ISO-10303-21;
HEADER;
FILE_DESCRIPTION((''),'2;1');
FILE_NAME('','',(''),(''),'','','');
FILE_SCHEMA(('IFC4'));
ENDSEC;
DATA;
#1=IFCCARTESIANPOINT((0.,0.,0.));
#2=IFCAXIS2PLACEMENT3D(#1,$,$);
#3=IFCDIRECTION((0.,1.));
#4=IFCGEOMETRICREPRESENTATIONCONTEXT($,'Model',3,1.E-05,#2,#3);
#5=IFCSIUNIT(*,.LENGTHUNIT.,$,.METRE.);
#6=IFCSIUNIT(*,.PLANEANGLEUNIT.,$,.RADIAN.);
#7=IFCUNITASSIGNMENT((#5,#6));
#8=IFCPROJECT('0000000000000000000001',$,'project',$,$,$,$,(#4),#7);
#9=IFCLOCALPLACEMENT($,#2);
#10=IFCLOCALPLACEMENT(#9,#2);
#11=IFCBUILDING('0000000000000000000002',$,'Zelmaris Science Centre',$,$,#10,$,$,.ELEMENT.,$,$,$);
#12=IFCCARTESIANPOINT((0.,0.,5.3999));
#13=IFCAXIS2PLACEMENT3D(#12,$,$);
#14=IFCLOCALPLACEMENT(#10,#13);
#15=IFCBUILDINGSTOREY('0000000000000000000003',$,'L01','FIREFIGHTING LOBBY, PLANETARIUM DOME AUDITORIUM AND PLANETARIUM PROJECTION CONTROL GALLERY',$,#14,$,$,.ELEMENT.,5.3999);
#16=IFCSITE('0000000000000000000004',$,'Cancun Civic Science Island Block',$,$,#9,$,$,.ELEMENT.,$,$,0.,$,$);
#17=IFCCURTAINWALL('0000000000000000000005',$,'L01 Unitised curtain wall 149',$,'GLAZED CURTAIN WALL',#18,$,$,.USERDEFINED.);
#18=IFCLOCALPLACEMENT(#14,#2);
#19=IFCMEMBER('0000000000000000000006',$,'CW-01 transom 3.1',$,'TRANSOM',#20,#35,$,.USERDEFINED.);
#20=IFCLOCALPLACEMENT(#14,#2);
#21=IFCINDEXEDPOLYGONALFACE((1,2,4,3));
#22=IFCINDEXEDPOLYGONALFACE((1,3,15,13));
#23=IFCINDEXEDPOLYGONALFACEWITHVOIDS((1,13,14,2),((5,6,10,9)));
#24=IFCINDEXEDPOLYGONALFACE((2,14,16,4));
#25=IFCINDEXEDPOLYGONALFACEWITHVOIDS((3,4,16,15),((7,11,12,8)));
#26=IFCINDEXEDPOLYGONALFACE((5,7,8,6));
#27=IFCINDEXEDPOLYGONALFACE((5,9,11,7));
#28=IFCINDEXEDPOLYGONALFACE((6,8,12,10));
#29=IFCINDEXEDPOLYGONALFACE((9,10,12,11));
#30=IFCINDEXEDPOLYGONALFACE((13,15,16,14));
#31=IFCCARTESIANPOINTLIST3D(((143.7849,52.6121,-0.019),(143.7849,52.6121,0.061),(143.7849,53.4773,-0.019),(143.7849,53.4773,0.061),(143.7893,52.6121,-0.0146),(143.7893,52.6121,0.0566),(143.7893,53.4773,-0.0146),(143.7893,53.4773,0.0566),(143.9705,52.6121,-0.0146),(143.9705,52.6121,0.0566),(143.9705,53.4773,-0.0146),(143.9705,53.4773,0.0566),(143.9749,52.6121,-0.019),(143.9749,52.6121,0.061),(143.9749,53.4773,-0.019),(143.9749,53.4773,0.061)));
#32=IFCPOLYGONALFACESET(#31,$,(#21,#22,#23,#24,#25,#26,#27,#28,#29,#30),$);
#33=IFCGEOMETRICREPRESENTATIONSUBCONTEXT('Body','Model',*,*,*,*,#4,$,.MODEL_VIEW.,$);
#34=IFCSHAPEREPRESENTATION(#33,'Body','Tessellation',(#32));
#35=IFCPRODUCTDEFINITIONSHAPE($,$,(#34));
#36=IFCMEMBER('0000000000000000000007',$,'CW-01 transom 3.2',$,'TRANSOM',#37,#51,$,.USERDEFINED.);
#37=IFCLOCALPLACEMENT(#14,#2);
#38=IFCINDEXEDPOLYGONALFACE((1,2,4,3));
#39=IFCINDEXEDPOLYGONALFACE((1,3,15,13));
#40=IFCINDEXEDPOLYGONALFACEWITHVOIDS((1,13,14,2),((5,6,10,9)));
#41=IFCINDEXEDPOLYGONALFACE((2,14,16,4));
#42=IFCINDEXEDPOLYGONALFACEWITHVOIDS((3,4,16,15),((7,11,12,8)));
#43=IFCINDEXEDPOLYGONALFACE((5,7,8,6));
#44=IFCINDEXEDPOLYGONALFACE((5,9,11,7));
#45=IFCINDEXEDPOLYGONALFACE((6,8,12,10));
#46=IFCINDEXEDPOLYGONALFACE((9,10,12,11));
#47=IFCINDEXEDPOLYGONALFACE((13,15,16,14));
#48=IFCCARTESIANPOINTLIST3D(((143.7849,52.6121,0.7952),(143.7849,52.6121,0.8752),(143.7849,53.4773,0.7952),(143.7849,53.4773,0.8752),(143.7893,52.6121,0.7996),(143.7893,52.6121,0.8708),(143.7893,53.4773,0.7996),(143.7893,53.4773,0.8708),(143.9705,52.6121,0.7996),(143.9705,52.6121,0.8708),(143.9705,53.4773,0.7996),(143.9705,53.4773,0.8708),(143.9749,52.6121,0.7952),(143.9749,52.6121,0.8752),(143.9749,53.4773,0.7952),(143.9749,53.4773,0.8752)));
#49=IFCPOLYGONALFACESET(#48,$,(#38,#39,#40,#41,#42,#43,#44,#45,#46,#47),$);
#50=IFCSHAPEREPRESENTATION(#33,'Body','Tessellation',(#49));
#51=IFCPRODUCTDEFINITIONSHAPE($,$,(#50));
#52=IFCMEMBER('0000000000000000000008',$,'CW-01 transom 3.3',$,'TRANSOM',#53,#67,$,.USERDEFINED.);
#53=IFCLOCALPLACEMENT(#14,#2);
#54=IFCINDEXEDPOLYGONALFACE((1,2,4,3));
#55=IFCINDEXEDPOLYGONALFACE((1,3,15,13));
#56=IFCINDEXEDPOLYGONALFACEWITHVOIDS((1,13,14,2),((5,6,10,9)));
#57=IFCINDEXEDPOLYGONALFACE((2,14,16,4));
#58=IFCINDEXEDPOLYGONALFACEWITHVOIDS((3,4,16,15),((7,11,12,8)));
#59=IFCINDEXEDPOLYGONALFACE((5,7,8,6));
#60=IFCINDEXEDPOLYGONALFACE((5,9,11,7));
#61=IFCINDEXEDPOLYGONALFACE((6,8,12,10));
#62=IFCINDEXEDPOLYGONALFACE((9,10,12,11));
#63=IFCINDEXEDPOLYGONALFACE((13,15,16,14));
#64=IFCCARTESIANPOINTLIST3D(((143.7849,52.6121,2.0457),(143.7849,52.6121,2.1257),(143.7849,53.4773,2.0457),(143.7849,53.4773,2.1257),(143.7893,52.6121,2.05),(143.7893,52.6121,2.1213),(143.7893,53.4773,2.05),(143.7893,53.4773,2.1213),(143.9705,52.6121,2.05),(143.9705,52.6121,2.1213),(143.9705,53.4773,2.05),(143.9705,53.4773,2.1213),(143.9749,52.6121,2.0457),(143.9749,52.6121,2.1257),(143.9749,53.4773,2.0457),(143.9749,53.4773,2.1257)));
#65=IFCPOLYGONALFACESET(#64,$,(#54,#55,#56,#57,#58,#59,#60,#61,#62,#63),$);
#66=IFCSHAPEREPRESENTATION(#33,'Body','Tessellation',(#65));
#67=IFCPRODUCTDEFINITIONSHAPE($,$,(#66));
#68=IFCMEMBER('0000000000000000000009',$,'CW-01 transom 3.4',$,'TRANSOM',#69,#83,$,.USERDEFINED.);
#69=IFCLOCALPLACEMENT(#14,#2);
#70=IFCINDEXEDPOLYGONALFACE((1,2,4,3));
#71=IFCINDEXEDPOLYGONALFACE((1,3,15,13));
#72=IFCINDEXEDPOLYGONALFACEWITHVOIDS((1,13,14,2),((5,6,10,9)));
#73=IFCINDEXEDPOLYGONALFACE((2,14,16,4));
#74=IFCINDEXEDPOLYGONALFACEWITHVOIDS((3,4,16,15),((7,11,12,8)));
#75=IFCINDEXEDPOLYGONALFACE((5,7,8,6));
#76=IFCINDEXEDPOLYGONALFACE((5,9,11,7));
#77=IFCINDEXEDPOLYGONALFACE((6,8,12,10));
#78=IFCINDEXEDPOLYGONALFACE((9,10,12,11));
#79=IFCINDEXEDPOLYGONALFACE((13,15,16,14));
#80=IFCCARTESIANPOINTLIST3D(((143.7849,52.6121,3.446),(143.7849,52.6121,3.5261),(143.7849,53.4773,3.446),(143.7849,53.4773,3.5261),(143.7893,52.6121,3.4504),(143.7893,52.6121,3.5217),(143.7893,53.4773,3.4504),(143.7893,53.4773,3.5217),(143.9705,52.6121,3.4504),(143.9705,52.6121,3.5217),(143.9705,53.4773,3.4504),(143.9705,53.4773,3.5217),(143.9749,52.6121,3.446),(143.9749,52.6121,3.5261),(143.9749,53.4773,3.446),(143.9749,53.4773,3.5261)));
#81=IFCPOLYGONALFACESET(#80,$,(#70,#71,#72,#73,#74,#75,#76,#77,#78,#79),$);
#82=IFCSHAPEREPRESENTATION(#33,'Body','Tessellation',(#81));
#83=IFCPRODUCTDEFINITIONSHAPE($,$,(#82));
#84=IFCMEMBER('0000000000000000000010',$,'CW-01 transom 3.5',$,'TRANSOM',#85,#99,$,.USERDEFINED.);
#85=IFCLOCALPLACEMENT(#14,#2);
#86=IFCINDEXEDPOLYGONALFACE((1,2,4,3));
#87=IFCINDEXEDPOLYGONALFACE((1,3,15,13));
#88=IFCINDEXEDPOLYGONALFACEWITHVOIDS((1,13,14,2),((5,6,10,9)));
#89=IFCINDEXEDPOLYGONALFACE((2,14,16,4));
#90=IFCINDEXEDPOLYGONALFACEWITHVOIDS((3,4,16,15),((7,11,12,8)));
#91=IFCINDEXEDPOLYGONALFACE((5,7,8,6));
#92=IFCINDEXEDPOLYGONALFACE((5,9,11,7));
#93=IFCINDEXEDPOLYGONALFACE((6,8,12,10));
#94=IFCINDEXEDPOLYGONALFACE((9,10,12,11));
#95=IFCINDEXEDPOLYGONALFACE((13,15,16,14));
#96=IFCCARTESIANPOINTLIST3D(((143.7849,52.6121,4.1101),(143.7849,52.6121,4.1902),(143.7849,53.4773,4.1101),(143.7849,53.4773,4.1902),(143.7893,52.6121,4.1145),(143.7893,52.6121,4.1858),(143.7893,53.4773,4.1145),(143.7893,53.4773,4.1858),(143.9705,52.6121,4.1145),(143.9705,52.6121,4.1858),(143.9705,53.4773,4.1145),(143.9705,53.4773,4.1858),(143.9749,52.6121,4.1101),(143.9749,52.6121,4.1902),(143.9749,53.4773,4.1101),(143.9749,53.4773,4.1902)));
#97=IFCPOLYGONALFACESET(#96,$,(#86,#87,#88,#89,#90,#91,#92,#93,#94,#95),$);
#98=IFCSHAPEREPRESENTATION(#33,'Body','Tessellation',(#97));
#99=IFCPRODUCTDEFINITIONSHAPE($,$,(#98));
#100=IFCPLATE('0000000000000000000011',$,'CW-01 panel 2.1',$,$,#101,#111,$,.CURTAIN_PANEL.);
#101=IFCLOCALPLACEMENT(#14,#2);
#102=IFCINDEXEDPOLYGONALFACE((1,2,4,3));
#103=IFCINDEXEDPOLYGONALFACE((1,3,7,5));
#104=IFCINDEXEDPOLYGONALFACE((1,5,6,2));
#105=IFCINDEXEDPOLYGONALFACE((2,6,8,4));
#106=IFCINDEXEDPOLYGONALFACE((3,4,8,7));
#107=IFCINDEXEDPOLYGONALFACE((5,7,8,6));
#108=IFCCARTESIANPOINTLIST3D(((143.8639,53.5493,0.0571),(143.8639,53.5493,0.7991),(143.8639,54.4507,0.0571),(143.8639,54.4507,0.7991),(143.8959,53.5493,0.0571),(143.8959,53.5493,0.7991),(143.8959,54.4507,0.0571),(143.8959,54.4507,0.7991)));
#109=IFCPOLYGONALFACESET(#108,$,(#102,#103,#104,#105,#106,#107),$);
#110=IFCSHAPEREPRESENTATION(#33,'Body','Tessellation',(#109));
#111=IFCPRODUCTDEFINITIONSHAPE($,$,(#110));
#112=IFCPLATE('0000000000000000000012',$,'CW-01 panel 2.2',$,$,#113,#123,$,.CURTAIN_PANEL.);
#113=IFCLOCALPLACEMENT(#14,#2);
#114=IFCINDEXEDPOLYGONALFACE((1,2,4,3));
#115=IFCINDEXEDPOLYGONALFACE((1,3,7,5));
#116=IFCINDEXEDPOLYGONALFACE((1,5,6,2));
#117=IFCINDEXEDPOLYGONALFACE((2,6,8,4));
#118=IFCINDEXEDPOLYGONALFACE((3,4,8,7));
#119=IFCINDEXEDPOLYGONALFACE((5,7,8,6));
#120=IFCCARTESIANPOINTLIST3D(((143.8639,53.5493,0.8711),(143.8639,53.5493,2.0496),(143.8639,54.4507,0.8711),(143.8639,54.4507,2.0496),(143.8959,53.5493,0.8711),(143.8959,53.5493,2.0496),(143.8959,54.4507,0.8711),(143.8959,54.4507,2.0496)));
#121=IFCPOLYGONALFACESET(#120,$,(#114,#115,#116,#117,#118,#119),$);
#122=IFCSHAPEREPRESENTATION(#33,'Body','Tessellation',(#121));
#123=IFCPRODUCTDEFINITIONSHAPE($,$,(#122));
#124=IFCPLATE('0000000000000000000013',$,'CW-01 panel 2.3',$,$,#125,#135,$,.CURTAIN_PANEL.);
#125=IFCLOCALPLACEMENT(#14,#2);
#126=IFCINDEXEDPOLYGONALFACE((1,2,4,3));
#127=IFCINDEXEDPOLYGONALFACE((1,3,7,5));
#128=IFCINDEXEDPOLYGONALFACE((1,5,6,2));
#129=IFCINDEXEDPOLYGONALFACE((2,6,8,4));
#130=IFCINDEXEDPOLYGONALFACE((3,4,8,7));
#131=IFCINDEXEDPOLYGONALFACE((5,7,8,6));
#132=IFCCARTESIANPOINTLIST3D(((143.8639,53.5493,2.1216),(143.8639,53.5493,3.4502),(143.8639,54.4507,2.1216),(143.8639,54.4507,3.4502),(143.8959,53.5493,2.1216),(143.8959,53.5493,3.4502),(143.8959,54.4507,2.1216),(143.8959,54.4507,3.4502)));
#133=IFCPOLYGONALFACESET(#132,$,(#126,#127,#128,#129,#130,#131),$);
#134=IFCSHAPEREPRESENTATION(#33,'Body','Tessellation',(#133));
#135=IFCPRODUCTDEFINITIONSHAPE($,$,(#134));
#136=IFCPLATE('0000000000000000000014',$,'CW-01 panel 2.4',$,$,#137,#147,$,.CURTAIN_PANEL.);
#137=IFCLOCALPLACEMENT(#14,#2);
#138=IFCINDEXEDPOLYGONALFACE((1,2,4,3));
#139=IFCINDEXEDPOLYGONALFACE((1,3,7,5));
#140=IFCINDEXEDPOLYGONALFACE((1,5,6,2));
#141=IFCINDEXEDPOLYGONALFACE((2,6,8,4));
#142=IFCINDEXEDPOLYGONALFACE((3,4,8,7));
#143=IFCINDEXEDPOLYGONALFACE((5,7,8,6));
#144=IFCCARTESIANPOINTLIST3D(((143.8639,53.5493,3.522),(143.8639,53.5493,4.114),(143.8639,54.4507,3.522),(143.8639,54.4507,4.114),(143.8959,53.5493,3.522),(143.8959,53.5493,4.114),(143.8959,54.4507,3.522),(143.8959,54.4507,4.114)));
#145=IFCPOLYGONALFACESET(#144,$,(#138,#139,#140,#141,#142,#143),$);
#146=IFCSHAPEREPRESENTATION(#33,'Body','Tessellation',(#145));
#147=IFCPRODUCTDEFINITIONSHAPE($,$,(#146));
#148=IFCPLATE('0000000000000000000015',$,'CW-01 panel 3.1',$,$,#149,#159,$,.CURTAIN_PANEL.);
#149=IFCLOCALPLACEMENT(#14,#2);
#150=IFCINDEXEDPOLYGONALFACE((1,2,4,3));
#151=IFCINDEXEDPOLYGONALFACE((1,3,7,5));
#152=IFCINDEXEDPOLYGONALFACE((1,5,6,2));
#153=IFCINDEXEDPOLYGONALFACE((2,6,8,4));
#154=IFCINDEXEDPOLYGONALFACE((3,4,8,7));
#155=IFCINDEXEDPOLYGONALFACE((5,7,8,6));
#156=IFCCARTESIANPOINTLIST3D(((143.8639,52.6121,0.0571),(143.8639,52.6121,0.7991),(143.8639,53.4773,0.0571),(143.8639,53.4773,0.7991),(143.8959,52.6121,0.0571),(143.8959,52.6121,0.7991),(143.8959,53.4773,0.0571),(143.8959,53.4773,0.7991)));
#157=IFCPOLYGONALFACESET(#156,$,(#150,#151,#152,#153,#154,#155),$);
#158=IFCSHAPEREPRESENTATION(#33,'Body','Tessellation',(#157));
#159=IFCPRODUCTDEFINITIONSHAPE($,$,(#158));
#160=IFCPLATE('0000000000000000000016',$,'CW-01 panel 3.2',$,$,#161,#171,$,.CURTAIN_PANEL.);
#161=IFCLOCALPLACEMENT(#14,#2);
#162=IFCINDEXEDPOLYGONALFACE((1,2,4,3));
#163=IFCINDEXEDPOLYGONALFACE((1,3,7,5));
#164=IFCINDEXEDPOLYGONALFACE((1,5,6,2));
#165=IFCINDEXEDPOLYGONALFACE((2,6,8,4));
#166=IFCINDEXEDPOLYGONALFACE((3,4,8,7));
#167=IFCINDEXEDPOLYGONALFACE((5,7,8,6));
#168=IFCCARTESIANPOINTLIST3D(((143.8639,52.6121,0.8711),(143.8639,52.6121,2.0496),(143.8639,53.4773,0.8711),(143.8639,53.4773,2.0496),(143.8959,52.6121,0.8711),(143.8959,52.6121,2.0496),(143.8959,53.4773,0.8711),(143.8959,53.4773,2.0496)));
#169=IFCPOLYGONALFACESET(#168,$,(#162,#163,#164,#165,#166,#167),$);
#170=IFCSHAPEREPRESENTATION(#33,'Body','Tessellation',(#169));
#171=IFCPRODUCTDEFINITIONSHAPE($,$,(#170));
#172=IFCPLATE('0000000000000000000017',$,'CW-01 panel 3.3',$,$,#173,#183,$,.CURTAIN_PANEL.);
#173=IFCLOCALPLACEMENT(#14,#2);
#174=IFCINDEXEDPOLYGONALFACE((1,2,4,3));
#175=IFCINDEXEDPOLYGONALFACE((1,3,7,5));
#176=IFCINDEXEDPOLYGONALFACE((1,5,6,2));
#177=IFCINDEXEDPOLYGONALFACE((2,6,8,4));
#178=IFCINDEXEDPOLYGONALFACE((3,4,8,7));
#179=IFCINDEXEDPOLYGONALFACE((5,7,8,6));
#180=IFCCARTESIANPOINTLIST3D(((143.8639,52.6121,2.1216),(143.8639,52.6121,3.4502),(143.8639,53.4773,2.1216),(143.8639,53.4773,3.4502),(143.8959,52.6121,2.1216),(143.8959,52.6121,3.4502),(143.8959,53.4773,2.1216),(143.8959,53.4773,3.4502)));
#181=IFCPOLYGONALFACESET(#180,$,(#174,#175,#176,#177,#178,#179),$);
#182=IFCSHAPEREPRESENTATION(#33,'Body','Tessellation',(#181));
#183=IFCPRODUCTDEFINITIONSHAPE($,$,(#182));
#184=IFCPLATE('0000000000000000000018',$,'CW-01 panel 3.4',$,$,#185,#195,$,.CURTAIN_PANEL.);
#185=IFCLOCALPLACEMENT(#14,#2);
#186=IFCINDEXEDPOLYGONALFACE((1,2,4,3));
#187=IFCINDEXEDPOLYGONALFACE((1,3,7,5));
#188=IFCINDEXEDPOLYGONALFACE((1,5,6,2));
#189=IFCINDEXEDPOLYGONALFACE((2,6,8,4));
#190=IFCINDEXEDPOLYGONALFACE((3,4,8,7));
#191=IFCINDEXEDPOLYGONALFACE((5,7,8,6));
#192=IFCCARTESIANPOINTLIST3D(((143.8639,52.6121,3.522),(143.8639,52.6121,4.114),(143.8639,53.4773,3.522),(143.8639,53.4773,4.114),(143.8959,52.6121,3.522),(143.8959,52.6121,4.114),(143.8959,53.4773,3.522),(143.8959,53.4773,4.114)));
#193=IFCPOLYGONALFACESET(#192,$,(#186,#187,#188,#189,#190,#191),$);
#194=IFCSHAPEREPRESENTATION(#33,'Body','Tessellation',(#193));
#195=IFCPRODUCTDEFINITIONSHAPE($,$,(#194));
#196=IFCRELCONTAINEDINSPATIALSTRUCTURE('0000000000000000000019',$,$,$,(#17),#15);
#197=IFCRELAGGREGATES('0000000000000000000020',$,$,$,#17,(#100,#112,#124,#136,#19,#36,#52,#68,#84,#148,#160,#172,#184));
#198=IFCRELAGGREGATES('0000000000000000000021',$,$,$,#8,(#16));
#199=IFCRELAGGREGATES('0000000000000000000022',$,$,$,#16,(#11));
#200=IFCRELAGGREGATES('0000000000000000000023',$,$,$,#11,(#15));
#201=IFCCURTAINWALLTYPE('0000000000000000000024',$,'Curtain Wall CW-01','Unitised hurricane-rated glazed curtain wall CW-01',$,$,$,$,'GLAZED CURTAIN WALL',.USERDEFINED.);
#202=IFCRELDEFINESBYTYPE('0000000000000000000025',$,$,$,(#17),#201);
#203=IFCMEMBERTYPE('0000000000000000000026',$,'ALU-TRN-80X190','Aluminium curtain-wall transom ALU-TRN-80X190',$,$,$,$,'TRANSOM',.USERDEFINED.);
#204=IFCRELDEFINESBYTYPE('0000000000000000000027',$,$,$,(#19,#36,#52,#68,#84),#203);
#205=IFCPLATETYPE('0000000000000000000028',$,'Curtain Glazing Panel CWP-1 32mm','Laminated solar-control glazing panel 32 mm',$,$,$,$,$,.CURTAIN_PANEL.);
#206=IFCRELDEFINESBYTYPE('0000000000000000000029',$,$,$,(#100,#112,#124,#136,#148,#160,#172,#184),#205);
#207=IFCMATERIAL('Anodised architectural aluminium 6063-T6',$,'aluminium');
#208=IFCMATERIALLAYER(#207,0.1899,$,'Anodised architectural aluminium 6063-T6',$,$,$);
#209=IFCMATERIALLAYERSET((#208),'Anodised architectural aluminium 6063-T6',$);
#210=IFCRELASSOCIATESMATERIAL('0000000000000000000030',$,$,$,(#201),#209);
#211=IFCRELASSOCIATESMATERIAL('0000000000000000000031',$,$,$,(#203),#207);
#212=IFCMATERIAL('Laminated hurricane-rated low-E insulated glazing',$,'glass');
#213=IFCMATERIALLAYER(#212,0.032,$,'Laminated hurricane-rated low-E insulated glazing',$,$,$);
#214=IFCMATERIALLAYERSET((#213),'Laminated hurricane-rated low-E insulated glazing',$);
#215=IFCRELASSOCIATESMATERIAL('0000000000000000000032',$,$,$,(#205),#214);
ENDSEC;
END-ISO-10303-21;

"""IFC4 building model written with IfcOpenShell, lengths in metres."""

from ifc_helpers import new_model, si_unit, direction, frame, origin, origin_2d, place, context, subcontext, project, spatial, rectangle, hollow_rectangle, extrude, material, layer, layer_set, material_profile, profile_set, type_object, element, aggregate, save


model = new_model("IFC4")

# Units and contexts
model_context = context("Model", 3, precision=1e-05, world=origin(), true_north=direction((0.0, 1.0)))
body_context = subcontext(model_context, "Body", "Model", "MODEL_VIEW")
ifc_project = project(units=[si_unit("LENGTHUNIT", "METRE"), si_unit("PLANEANGLEUNIT", "RADIAN")], contexts=[model_context])

# Site, building, storey
site_placement = place(None, origin())
site = spatial("IfcSite", under=ifc_project, at=site_placement, Name="Cancun Civic Science Island Block", CompositionType="ELEMENT", RefElevation=0.0)
building_placement = place(site_placement, origin())
building = spatial("IfcBuilding", under=site, at=building_placement, Name="Zelmaris Science Centre", CompositionType="ELEMENT")
storey_placement = place(building_placement, frame((0.0, 0.0, 5.3999)))
storey = spatial("IfcBuildingStorey", under=building, at=storey_placement, Name="L01", Description="FIREFIGHTING LOBBY, PLANETARIUM DOME AUDITORIUM AND PLANETARIUM PROJECTION CONTROL GALLERY", CompositionType="ELEMENT", Elevation=5.3999)

# Shared definitions
ifc_material_1 = material(Name="Anodised architectural aluminium 6063-T6", Category="aluminium")

# Curtain wall
ifc_layer_1 = layer(ifc_material_1, 0.1899, Name="Anodised architectural aluminium 6063-T6")
ifc_layer_set_1 = layer_set([ifc_layer_1], Name="Anodised architectural aluminium 6063-T6")
curtain_wall_type_1 = type_object("IfcCurtainWallType", Name="Curtain Wall CW-01", Description="Unitised hurricane-rated glazed curtain wall CW-01", ElementType="GLAZED CURTAIN WALL", PredefinedType="USERDEFINED", material=ifc_layer_set_1)
curtain_wall_1_placement = place(storey_placement, origin())
curtain_wall_1 = element("IfcCurtainWall", 1, at=curtain_wall_1_placement, inside=storey, type_object=curtain_wall_type_1, Name="L01 Unitised curtain wall 149", ObjectType="GLAZED CURTAIN WALL", PredefinedType="USERDEFINED")

# Members
ifc_material_profile_1 = material_profile(ifc_material_1, hollow_rectangle(XDim=0.0801, YDim=0.1899, WallThickness=0.0044, at=origin_2d()), Name="ALU-TRN-80X190")
ifc_profile_set_1 = profile_set([ifc_material_profile_1], Name="Anodised architectural aluminium 6063-T6")
member_type_1 = type_object("IfcMemberType", Name="ALU-TRN-80X190", Description="Aluminium curtain-wall transom ALU-TRN-80X190", ElementType="TRANSOM", PredefinedType="USERDEFINED", material=ifc_profile_set_1)
member_1_placement = place(storey_placement, frame((143.8799, 53.4773, 0.021), z_axis=(0.0, -1.0, 0.0), x_axis=(0.0, 0.0, 1.0)))
member_1 = element("IfcMember", 2, at=member_1_placement, type_object=member_type_1, Name="CW-01 transom 3.1", ObjectType="TRANSOM", PredefinedType="USERDEFINED", context=body_context, shape_type="SweptSolid", body=[
    extrude(hollow_rectangle(XDim=0.0801, YDim=0.1899, WallThickness=0.0044, at=origin_2d()), origin(), (0.0, 0.0, 1.0), 0.8652),
])
member_2_placement = place(storey_placement, frame((143.8799, 53.4773, 0.8352), z_axis=(0.0, -1.0, 0.0), x_axis=(0.0, 0.0, 1.0)))
member_2 = element("IfcMember", 3, at=member_2_placement, type_object=member_type_1, Name="CW-01 transom 3.2", ObjectType="TRANSOM", PredefinedType="USERDEFINED", context=body_context, shape_type="SweptSolid", body=[
    extrude(hollow_rectangle(XDim=0.0801, YDim=0.1899, WallThickness=0.0044, at=origin_2d()), origin(), (0.0, 0.0, 1.0), 0.8652),
])
member_3_placement = place(storey_placement, frame((143.8799, 53.4773, 2.0857), z_axis=(0.0, -1.0, 0.0), x_axis=(0.0, 0.0, 1.0)))
member_3 = element("IfcMember", 4, at=member_3_placement, type_object=member_type_1, Name="CW-01 transom 3.3", ObjectType="TRANSOM", PredefinedType="USERDEFINED", context=body_context, shape_type="SweptSolid", body=[
    extrude(hollow_rectangle(XDim=0.0801, YDim=0.1899, WallThickness=0.0044, at=origin_2d()), origin(), (0.0, 0.0, 1.0), 0.8652),
])
member_4_placement = place(storey_placement, frame((143.8799, 53.4773, 3.4861), z_axis=(0.0, -1.0, 0.0), x_axis=(0.0, 0.0, 1.0)))
member_4 = element("IfcMember", 5, at=member_4_placement, type_object=member_type_1, Name="CW-01 transom 3.4", ObjectType="TRANSOM", PredefinedType="USERDEFINED", context=body_context, shape_type="SweptSolid", body=[
    extrude(hollow_rectangle(XDim=0.0801, YDim=0.1899, WallThickness=0.0044, at=origin_2d()), origin(), (0.0, 0.0, 1.0), 0.8652),
])
member_5_placement = place(storey_placement, frame((143.8799, 53.4773, 4.1501), z_axis=(0.0, -1.0, 0.0), x_axis=(0.0, 0.0, 1.0)))
member_5 = element("IfcMember", 6, at=member_5_placement, type_object=member_type_1, Name="CW-01 transom 3.5", ObjectType="TRANSOM", PredefinedType="USERDEFINED", context=body_context, shape_type="SweptSolid", body=[
    extrude(hollow_rectangle(XDim=0.0801, YDim=0.1899, WallThickness=0.0044, at=origin_2d()), origin(), (0.0, 0.0, 1.0), 0.8652),
])

# Plates
ifc_material_2 = material(Name="Laminated hurricane-rated low-E insulated glazing", Category="glass")
ifc_layer_2 = layer(ifc_material_2, 0.032, Name="Laminated hurricane-rated low-E insulated glazing")
ifc_layer_set_2 = layer_set([ifc_layer_2], Name="Laminated hurricane-rated low-E insulated glazing")
plate_type = type_object("IfcPlateType", Name="Curtain Glazing Panel CWP-1 32mm", Description="Laminated solar-control glazing panel 32 mm", PredefinedType="CURTAIN_PANEL", material=ifc_layer_set_2)
plate_1_placement = place(storey_placement, frame((143.8799, 54.0, 0.0571), z_axis=(0.0, 0.0, 1.0), x_axis=(0.0, -1.0, 0.0)))
plate_1 = element("IfcPlate", 7, at=plate_1_placement, type_object=plate_type, Name="CW-01 panel 2.1", PredefinedType="CURTAIN_PANEL", context=body_context, shape_type="SweptSolid", body=[
    extrude(rectangle(XDim=0.9014, YDim=0.032, at=origin_2d()), origin(), (0.0, 0.0, 1.0), 0.7419),
])
plate_2_placement = place(storey_placement, frame((143.8799, 54.0, 0.8711), z_axis=(0.0, 0.0, 1.0), x_axis=(0.0, -1.0, 0.0)))
plate_2 = element("IfcPlate", 8, at=plate_2_placement, type_object=plate_type, Name="CW-01 panel 2.2", PredefinedType="CURTAIN_PANEL", context=body_context, shape_type="SweptSolid", body=[
    extrude(rectangle(XDim=0.9014, YDim=0.032, at=origin_2d()), origin(), (0.0, 0.0, 1.0), 1.1785),
])
plate_3_placement = place(storey_placement, frame((143.8799, 54.0, 2.1216), z_axis=(0.0, 0.0, 1.0), x_axis=(0.0, -1.0, 0.0)))
plate_3 = element("IfcPlate", 9, at=plate_3_placement, type_object=plate_type, Name="CW-01 panel 2.3", PredefinedType="CURTAIN_PANEL", context=body_context, shape_type="SweptSolid", body=[
    extrude(rectangle(XDim=0.9014, YDim=0.032, at=origin_2d()), origin(), (0.0, 0.0, 1.0), 1.3286),
])
plate_4_placement = place(storey_placement, frame((143.8799, 54.0, 3.522), z_axis=(0.0, 0.0, 1.0), x_axis=(0.0, -1.0, 0.0)))
plate_4 = element("IfcPlate", 10, at=plate_4_placement, type_object=plate_type, Name="CW-01 panel 2.4", PredefinedType="CURTAIN_PANEL", context=body_context, shape_type="SweptSolid", body=[
    extrude(rectangle(XDim=0.9014, YDim=0.032, at=origin_2d()), origin(), (0.0, 0.0, 1.0), 0.592),
])
plate_5_placement = place(storey_placement, frame((143.8799, 53.0447, 0.0571), z_axis=(0.0, 0.0, 1.0), x_axis=(0.0, -1.0, 0.0)))
plate_5 = element("IfcPlate", 11, at=plate_5_placement, type_object=plate_type, Name="CW-01 panel 3.1", PredefinedType="CURTAIN_PANEL", context=body_context, shape_type="SweptSolid", body=[
    extrude(rectangle(XDim=0.8652, YDim=0.032, at=origin_2d()), origin(), (0.0, 0.0, 1.0), 0.7419),
])
plate_6_placement = place(storey_placement, frame((143.8799, 53.0447, 0.8711), z_axis=(0.0, 0.0, 1.0), x_axis=(0.0, -1.0, 0.0)))
plate_6 = element("IfcPlate", 12, at=plate_6_placement, type_object=plate_type, Name="CW-01 panel 3.2", PredefinedType="CURTAIN_PANEL", context=body_context, shape_type="SweptSolid", body=[
    extrude(rectangle(XDim=0.8652, YDim=0.032, at=origin_2d()), origin(), (0.0, 0.0, 1.0), 1.1785),
])
plate_7_placement = place(storey_placement, frame((143.8799, 53.0447, 2.1216), z_axis=(0.0, 0.0, 1.0), x_axis=(0.0, -1.0, 0.0)))
plate_7 = element("IfcPlate", 13, at=plate_7_placement, type_object=plate_type, Name="CW-01 panel 3.3", PredefinedType="CURTAIN_PANEL", context=body_context, shape_type="SweptSolid", body=[
    extrude(rectangle(XDim=0.8652, YDim=0.032, at=origin_2d()), origin(), (0.0, 0.0, 1.0), 1.3286),
])
plate_8_placement = place(storey_placement, frame((143.8799, 53.0447, 3.522), z_axis=(0.0, 0.0, 1.0), x_axis=(0.0, -1.0, 0.0)))
plate_8 = element("IfcPlate", 14, at=plate_8_placement, type_object=plate_type, Name="CW-01 panel 3.4", PredefinedType="CURTAIN_PANEL", context=body_context, shape_type="SweptSolid", body=[
    extrude(rectangle(XDim=0.8652, YDim=0.032, at=origin_2d()), origin(), (0.0, 0.0, 1.0), 0.592),
])
aggregate(curtain_wall_1, [plate_1, plate_2, plate_3, plate_4, member_1, member_2, member_3, member_4, member_5, plate_5, plate_6, plate_7, plate_8])

save(model, "model.ifc")
